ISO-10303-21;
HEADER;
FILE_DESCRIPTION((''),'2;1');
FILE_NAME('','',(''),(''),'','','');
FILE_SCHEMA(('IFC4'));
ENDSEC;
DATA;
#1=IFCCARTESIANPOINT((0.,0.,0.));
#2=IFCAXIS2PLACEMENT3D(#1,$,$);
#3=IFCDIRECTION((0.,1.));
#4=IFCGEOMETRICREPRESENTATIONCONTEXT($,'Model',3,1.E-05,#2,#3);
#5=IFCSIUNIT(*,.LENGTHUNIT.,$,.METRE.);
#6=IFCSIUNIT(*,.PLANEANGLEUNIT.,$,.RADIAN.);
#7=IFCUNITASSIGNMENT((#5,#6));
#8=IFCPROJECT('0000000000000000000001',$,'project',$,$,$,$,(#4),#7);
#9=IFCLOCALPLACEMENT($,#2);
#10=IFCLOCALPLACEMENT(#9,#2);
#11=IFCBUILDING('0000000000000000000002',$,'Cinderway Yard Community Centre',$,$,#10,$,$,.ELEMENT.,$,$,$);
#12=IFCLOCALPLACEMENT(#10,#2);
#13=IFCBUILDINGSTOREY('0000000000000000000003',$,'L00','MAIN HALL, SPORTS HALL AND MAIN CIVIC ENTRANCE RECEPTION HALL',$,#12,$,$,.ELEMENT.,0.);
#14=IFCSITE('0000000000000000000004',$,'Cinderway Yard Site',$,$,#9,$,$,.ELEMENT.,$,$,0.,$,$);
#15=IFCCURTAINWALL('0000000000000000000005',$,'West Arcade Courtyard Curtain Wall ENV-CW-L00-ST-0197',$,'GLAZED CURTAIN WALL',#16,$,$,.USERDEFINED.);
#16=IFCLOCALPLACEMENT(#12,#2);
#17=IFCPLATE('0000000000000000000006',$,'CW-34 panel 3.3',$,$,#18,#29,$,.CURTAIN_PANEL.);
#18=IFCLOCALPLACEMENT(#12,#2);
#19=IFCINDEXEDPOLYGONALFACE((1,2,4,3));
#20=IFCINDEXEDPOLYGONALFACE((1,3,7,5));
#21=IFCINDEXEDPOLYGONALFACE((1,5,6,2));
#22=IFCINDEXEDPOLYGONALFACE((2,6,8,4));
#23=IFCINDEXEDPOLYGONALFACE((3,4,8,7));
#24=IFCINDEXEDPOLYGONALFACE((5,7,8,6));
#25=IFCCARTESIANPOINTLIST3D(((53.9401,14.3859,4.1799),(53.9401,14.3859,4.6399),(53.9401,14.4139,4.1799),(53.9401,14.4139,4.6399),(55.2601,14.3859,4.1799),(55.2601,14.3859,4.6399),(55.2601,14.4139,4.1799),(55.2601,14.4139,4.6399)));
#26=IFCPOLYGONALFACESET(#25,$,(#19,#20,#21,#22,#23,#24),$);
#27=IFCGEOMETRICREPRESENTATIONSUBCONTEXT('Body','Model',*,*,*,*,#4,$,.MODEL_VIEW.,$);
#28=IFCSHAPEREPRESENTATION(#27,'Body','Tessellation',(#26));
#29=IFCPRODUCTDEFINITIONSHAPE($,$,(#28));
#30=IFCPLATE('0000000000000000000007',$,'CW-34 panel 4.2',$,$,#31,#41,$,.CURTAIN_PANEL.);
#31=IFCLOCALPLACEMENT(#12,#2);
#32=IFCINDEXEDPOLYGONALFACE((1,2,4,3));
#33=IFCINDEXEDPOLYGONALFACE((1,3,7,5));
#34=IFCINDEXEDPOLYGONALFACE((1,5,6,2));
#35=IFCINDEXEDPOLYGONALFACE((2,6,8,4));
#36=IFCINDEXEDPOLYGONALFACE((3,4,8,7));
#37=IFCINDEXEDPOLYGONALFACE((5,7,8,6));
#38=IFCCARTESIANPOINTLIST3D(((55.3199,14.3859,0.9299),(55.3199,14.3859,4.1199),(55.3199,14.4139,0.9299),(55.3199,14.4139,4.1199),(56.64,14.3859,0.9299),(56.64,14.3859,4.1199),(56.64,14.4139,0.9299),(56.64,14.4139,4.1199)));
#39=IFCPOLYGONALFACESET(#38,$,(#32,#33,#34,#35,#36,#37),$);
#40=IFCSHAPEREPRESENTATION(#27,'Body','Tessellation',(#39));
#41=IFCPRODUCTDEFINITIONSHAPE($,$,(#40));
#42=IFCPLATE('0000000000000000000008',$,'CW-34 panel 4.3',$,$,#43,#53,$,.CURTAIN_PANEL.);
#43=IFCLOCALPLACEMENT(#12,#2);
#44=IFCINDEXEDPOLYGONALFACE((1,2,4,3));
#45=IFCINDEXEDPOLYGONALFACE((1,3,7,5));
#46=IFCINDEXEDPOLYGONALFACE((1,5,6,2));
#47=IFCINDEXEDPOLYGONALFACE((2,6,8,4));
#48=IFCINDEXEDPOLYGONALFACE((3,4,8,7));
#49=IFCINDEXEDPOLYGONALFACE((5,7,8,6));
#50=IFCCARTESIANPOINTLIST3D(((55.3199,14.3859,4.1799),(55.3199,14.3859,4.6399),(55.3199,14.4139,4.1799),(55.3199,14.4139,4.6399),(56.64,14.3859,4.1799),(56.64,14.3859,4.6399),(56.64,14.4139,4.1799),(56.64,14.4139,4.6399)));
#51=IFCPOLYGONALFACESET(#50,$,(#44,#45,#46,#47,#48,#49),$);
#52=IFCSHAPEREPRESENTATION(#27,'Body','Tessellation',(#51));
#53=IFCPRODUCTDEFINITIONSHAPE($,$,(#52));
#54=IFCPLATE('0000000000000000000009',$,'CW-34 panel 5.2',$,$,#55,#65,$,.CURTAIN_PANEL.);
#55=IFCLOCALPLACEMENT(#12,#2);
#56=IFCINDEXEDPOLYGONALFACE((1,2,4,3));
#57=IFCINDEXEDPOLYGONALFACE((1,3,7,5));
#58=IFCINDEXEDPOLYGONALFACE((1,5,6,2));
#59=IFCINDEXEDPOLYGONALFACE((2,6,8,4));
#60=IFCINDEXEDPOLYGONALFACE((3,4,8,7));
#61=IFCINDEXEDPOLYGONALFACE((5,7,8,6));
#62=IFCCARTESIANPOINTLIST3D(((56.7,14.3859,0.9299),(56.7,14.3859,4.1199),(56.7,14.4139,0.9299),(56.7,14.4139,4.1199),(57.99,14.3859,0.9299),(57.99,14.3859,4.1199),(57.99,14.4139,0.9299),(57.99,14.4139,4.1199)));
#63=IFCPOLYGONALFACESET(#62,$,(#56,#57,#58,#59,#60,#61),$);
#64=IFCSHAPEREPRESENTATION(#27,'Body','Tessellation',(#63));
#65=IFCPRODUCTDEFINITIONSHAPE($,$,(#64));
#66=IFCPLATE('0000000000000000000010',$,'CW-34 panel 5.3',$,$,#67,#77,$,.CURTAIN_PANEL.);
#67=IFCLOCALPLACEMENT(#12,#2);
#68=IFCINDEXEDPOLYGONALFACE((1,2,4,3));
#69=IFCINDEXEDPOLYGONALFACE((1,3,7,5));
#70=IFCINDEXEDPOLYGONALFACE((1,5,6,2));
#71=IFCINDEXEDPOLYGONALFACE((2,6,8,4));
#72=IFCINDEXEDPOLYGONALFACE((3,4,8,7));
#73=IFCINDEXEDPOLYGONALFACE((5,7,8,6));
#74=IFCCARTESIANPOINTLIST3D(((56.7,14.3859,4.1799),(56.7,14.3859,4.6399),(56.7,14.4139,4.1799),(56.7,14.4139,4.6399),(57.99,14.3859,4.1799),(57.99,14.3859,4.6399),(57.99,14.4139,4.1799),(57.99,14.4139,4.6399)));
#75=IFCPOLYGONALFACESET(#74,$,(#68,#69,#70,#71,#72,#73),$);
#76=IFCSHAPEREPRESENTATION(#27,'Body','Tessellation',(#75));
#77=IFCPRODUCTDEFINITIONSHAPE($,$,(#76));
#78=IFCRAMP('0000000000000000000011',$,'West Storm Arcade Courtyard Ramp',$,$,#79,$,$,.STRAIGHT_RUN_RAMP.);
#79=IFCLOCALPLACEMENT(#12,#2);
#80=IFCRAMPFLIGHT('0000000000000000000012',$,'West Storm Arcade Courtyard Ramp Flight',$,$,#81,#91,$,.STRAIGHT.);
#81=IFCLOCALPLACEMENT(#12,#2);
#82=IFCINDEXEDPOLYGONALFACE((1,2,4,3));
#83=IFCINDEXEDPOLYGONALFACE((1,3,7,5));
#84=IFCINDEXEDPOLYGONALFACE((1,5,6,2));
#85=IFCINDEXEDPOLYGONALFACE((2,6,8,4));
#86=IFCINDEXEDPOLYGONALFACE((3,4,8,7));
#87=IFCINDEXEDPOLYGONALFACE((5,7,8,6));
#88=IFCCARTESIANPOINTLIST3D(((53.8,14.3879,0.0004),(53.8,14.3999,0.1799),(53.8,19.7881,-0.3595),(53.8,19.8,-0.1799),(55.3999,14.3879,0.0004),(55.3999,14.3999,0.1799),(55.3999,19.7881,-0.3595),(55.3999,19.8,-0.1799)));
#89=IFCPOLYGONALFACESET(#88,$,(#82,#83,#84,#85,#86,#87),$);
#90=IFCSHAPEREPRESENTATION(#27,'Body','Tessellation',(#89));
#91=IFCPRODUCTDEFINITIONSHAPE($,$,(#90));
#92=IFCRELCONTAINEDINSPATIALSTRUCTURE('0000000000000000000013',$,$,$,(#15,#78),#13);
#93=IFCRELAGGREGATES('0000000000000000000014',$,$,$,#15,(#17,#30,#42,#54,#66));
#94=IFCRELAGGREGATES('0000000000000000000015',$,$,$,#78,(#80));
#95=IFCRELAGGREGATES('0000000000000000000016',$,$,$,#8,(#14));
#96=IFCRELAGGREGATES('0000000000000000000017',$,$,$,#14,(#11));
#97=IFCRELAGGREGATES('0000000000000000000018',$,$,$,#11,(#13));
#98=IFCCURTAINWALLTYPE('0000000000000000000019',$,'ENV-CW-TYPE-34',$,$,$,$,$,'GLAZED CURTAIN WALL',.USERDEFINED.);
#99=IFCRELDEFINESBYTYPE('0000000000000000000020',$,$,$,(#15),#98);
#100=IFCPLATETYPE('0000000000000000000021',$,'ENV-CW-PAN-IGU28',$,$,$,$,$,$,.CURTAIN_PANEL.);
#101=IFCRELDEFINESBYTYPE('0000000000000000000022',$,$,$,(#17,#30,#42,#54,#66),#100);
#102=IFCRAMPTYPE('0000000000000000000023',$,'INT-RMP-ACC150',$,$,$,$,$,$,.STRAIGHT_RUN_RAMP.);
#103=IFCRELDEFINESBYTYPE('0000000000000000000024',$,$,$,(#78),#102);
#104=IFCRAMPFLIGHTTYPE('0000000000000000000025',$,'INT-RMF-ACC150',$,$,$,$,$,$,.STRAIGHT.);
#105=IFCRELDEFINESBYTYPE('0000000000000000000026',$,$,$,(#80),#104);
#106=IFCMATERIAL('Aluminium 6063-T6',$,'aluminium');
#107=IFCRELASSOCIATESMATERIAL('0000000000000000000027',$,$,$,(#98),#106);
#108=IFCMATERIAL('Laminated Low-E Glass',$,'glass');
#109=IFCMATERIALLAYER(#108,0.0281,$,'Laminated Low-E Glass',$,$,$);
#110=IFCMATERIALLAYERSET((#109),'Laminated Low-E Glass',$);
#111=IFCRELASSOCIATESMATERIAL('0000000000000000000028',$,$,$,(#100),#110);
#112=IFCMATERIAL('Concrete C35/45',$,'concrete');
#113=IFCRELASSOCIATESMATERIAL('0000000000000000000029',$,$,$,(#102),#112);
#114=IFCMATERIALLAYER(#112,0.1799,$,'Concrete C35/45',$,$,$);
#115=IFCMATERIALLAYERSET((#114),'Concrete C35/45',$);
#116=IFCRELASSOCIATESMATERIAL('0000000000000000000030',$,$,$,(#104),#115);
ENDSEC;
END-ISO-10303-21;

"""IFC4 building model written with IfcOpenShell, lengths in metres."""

from ifc_helpers import new_model, si_unit, direction, frame, origin, origin_2d, place, context, subcontext, project, spatial, polyline, rectangle, outline, extrude, material, layer, layer_set, type_object, element, aggregate, save


model = new_model("IFC4")

# Units and contexts
model_context = context("Model", 3, precision=1e-05, world=origin(), true_north=direction((0.0, 1.0)))
body_context = subcontext(model_context, "Body", "Model", "MODEL_VIEW")
ifc_project = project(units=[si_unit("LENGTHUNIT", "METRE"), si_unit("PLANEANGLEUNIT", "RADIAN")], contexts=[model_context])

# Site, building, storey
site_placement = place(None, origin())
site = spatial("IfcSite", under=ifc_project, at=site_placement, Name="Cinderway Yard Site", CompositionType="ELEMENT", RefElevation=0.0)
building_placement = place(site_placement, origin())
building = spatial("IfcBuilding", under=site, at=building_placement, Name="Cinderway Yard Community Centre", CompositionType="ELEMENT")
storey_placement = place(building_placement, origin())
storey = spatial("IfcBuildingStorey", under=building, at=storey_placement, Name="L00", Description="MAIN HALL, SPORTS HALL AND MAIN CIVIC ENTRANCE RECEPTION HALL", CompositionType="ELEMENT", Elevation=0.0)

# Curtain wall, plates
ifc_material_1 = material(Name="Aluminium 6063-T6", Category="aluminium")
curtain_wall_type = type_object("IfcCurtainWallType", Name="ENV-CW-TYPE-34", ElementType="GLAZED CURTAIN WALL", PredefinedType="USERDEFINED", material=ifc_material_1)
curtain_wall_placement = place(storey_placement, origin())
curtain_wall = element("IfcCurtainWall", 1, at=curtain_wall_placement, inside=storey, type_object=curtain_wall_type, Name="West Arcade Courtyard Curtain Wall ENV-CW-L00-ST-0197", ObjectType="GLAZED CURTAIN WALL", PredefinedType="USERDEFINED")
ifc_material_2 = material(Name="Laminated Low-E Glass", Category="glass")
ifc_layer_1 = layer(ifc_material_2, 0.0281, Name="Laminated Low-E Glass")
ifc_layer_set_1 = layer_set([ifc_layer_1], Name="Laminated Low-E Glass")
plate_type = type_object("IfcPlateType", Name="ENV-CW-PAN-IGU28", PredefinedType="CURTAIN_PANEL", material=ifc_layer_set_1)
plate_1_placement = place(storey_placement, frame((54.6001, 14.3999, 4.1799), z_axis=(0.0, 0.0, 1.0), x_axis=(1.0, 0.0, 0.0)))
plate_1 = element("IfcPlate", 2, at=plate_1_placement, type_object=plate_type, Name="CW-34 panel 3.3", PredefinedType="CURTAIN_PANEL", context=body_context, shape_type="SweptSolid", body=[
    extrude(rectangle(XDim=1.3201, YDim=0.0281, at=origin_2d()), origin(), (0.0, 0.0, 1.0), 0.46),
])
plate_2_placement = place(storey_placement, frame((55.98, 14.3999, 0.9299), z_axis=(0.0, 0.0, 1.0), x_axis=(1.0, 0.0, 0.0)))
plate_2 = element("IfcPlate", 3, at=plate_2_placement, type_object=plate_type, Name="CW-34 panel 4.2", PredefinedType="CURTAIN_PANEL", context=body_context, shape_type="SweptSolid", body=[
    extrude(rectangle(XDim=1.3201, YDim=0.0281, at=origin_2d()), origin(), (0.0, 0.0, 1.0), 3.1899),
])
plate_3_placement = place(storey_placement, frame((55.98, 14.3999, 4.1799), z_axis=(0.0, 0.0, 1.0), x_axis=(1.0, 0.0, 0.0)))
plate_3 = element("IfcPlate", 4, at=plate_3_placement, type_object=plate_type, Name="CW-34 panel 4.3", PredefinedType="CURTAIN_PANEL", context=body_context, shape_type="SweptSolid", body=[
    extrude(rectangle(XDim=1.3201, YDim=0.0281, at=origin_2d()), origin(), (0.0, 0.0, 1.0), 0.46),
])
plate_4_placement = place(storey_placement, frame((57.345, 14.3999, 0.9299), z_axis=(0.0, 0.0, 1.0), x_axis=(1.0, 0.0, 0.0)))
plate_4 = element("IfcPlate", 5, at=plate_4_placement, type_object=plate_type, Name="CW-34 panel 5.2", PredefinedType="CURTAIN_PANEL", context=body_context, shape_type="SweptSolid", body=[
    extrude(rectangle(XDim=1.29, YDim=0.0281, at=origin_2d()), origin(), (0.0, 0.0, 1.0), 3.1899),
])
plate_5_placement = place(storey_placement, frame((57.345, 14.3999, 4.1799), z_axis=(0.0, 0.0, 1.0), x_axis=(1.0, 0.0, 0.0)))
plate_5 = element("IfcPlate", 6, at=plate_5_placement, type_object=plate_type, Name="CW-34 panel 5.3", PredefinedType="CURTAIN_PANEL", context=body_context, shape_type="SweptSolid", body=[
    extrude(rectangle(XDim=1.29, YDim=0.0281, at=origin_2d()), origin(), (0.0, 0.0, 1.0), 0.46),
])
aggregate(curtain_wall, [plate_1, plate_2, plate_3, plate_4, plate_5])

# Ramp, ramp flight
ifc_material_3 = material(Name="Concrete C35/45", Category="concrete")
ramp_type = type_object("IfcRampType", Name="INT-RMP-ACC150", PredefinedType="STRAIGHT_RUN_RAMP", material=ifc_material_3)
ramp_placement = place(storey_placement, origin())
ramp = element("IfcRamp", 7, at=ramp_placement, inside=storey, type_object=ramp_type, Name="West Storm Arcade Courtyard Ramp", PredefinedType="STRAIGHT_RUN_RAMP")
ifc_layer_2 = layer(ifc_material_3, 0.1799, Name="Concrete C35/45")
ifc_layer_set_2 = layer_set([ifc_layer_2], Name="Concrete C35/45")
ramp_flight_type = type_object("IfcRampFlightType", Name="INT-RMF-ACC150", PredefinedType="STRAIGHT", material=ifc_layer_set_2)
ramp_flight_placement = place(storey_placement, frame((55.3999, 14.3999, 0.1799), z_axis=(0.0, 0.066492, 0.997787), x_axis=(-1.0, 0.0, 0.0)))
ramp_flight = element("IfcRampFlight", 8, at=ramp_flight_placement, type_object=ramp_flight_type, Name="West Storm Arcade Courtyard Ramp Flight", PredefinedType="STRAIGHT", context=body_context, shape_type="SweptSolid", body=[
    extrude(outline(polyline([(0.0, 0.0), (1.5999, 0.0), (1.5999, -5.4121), (0.0, -5.4121), (0.0, 0.0)])), origin(), (0.0, 0.0, -1.0), 0.1799),
])
aggregate(ramp, [ramp_flight])

save(model, "model.ifc")
